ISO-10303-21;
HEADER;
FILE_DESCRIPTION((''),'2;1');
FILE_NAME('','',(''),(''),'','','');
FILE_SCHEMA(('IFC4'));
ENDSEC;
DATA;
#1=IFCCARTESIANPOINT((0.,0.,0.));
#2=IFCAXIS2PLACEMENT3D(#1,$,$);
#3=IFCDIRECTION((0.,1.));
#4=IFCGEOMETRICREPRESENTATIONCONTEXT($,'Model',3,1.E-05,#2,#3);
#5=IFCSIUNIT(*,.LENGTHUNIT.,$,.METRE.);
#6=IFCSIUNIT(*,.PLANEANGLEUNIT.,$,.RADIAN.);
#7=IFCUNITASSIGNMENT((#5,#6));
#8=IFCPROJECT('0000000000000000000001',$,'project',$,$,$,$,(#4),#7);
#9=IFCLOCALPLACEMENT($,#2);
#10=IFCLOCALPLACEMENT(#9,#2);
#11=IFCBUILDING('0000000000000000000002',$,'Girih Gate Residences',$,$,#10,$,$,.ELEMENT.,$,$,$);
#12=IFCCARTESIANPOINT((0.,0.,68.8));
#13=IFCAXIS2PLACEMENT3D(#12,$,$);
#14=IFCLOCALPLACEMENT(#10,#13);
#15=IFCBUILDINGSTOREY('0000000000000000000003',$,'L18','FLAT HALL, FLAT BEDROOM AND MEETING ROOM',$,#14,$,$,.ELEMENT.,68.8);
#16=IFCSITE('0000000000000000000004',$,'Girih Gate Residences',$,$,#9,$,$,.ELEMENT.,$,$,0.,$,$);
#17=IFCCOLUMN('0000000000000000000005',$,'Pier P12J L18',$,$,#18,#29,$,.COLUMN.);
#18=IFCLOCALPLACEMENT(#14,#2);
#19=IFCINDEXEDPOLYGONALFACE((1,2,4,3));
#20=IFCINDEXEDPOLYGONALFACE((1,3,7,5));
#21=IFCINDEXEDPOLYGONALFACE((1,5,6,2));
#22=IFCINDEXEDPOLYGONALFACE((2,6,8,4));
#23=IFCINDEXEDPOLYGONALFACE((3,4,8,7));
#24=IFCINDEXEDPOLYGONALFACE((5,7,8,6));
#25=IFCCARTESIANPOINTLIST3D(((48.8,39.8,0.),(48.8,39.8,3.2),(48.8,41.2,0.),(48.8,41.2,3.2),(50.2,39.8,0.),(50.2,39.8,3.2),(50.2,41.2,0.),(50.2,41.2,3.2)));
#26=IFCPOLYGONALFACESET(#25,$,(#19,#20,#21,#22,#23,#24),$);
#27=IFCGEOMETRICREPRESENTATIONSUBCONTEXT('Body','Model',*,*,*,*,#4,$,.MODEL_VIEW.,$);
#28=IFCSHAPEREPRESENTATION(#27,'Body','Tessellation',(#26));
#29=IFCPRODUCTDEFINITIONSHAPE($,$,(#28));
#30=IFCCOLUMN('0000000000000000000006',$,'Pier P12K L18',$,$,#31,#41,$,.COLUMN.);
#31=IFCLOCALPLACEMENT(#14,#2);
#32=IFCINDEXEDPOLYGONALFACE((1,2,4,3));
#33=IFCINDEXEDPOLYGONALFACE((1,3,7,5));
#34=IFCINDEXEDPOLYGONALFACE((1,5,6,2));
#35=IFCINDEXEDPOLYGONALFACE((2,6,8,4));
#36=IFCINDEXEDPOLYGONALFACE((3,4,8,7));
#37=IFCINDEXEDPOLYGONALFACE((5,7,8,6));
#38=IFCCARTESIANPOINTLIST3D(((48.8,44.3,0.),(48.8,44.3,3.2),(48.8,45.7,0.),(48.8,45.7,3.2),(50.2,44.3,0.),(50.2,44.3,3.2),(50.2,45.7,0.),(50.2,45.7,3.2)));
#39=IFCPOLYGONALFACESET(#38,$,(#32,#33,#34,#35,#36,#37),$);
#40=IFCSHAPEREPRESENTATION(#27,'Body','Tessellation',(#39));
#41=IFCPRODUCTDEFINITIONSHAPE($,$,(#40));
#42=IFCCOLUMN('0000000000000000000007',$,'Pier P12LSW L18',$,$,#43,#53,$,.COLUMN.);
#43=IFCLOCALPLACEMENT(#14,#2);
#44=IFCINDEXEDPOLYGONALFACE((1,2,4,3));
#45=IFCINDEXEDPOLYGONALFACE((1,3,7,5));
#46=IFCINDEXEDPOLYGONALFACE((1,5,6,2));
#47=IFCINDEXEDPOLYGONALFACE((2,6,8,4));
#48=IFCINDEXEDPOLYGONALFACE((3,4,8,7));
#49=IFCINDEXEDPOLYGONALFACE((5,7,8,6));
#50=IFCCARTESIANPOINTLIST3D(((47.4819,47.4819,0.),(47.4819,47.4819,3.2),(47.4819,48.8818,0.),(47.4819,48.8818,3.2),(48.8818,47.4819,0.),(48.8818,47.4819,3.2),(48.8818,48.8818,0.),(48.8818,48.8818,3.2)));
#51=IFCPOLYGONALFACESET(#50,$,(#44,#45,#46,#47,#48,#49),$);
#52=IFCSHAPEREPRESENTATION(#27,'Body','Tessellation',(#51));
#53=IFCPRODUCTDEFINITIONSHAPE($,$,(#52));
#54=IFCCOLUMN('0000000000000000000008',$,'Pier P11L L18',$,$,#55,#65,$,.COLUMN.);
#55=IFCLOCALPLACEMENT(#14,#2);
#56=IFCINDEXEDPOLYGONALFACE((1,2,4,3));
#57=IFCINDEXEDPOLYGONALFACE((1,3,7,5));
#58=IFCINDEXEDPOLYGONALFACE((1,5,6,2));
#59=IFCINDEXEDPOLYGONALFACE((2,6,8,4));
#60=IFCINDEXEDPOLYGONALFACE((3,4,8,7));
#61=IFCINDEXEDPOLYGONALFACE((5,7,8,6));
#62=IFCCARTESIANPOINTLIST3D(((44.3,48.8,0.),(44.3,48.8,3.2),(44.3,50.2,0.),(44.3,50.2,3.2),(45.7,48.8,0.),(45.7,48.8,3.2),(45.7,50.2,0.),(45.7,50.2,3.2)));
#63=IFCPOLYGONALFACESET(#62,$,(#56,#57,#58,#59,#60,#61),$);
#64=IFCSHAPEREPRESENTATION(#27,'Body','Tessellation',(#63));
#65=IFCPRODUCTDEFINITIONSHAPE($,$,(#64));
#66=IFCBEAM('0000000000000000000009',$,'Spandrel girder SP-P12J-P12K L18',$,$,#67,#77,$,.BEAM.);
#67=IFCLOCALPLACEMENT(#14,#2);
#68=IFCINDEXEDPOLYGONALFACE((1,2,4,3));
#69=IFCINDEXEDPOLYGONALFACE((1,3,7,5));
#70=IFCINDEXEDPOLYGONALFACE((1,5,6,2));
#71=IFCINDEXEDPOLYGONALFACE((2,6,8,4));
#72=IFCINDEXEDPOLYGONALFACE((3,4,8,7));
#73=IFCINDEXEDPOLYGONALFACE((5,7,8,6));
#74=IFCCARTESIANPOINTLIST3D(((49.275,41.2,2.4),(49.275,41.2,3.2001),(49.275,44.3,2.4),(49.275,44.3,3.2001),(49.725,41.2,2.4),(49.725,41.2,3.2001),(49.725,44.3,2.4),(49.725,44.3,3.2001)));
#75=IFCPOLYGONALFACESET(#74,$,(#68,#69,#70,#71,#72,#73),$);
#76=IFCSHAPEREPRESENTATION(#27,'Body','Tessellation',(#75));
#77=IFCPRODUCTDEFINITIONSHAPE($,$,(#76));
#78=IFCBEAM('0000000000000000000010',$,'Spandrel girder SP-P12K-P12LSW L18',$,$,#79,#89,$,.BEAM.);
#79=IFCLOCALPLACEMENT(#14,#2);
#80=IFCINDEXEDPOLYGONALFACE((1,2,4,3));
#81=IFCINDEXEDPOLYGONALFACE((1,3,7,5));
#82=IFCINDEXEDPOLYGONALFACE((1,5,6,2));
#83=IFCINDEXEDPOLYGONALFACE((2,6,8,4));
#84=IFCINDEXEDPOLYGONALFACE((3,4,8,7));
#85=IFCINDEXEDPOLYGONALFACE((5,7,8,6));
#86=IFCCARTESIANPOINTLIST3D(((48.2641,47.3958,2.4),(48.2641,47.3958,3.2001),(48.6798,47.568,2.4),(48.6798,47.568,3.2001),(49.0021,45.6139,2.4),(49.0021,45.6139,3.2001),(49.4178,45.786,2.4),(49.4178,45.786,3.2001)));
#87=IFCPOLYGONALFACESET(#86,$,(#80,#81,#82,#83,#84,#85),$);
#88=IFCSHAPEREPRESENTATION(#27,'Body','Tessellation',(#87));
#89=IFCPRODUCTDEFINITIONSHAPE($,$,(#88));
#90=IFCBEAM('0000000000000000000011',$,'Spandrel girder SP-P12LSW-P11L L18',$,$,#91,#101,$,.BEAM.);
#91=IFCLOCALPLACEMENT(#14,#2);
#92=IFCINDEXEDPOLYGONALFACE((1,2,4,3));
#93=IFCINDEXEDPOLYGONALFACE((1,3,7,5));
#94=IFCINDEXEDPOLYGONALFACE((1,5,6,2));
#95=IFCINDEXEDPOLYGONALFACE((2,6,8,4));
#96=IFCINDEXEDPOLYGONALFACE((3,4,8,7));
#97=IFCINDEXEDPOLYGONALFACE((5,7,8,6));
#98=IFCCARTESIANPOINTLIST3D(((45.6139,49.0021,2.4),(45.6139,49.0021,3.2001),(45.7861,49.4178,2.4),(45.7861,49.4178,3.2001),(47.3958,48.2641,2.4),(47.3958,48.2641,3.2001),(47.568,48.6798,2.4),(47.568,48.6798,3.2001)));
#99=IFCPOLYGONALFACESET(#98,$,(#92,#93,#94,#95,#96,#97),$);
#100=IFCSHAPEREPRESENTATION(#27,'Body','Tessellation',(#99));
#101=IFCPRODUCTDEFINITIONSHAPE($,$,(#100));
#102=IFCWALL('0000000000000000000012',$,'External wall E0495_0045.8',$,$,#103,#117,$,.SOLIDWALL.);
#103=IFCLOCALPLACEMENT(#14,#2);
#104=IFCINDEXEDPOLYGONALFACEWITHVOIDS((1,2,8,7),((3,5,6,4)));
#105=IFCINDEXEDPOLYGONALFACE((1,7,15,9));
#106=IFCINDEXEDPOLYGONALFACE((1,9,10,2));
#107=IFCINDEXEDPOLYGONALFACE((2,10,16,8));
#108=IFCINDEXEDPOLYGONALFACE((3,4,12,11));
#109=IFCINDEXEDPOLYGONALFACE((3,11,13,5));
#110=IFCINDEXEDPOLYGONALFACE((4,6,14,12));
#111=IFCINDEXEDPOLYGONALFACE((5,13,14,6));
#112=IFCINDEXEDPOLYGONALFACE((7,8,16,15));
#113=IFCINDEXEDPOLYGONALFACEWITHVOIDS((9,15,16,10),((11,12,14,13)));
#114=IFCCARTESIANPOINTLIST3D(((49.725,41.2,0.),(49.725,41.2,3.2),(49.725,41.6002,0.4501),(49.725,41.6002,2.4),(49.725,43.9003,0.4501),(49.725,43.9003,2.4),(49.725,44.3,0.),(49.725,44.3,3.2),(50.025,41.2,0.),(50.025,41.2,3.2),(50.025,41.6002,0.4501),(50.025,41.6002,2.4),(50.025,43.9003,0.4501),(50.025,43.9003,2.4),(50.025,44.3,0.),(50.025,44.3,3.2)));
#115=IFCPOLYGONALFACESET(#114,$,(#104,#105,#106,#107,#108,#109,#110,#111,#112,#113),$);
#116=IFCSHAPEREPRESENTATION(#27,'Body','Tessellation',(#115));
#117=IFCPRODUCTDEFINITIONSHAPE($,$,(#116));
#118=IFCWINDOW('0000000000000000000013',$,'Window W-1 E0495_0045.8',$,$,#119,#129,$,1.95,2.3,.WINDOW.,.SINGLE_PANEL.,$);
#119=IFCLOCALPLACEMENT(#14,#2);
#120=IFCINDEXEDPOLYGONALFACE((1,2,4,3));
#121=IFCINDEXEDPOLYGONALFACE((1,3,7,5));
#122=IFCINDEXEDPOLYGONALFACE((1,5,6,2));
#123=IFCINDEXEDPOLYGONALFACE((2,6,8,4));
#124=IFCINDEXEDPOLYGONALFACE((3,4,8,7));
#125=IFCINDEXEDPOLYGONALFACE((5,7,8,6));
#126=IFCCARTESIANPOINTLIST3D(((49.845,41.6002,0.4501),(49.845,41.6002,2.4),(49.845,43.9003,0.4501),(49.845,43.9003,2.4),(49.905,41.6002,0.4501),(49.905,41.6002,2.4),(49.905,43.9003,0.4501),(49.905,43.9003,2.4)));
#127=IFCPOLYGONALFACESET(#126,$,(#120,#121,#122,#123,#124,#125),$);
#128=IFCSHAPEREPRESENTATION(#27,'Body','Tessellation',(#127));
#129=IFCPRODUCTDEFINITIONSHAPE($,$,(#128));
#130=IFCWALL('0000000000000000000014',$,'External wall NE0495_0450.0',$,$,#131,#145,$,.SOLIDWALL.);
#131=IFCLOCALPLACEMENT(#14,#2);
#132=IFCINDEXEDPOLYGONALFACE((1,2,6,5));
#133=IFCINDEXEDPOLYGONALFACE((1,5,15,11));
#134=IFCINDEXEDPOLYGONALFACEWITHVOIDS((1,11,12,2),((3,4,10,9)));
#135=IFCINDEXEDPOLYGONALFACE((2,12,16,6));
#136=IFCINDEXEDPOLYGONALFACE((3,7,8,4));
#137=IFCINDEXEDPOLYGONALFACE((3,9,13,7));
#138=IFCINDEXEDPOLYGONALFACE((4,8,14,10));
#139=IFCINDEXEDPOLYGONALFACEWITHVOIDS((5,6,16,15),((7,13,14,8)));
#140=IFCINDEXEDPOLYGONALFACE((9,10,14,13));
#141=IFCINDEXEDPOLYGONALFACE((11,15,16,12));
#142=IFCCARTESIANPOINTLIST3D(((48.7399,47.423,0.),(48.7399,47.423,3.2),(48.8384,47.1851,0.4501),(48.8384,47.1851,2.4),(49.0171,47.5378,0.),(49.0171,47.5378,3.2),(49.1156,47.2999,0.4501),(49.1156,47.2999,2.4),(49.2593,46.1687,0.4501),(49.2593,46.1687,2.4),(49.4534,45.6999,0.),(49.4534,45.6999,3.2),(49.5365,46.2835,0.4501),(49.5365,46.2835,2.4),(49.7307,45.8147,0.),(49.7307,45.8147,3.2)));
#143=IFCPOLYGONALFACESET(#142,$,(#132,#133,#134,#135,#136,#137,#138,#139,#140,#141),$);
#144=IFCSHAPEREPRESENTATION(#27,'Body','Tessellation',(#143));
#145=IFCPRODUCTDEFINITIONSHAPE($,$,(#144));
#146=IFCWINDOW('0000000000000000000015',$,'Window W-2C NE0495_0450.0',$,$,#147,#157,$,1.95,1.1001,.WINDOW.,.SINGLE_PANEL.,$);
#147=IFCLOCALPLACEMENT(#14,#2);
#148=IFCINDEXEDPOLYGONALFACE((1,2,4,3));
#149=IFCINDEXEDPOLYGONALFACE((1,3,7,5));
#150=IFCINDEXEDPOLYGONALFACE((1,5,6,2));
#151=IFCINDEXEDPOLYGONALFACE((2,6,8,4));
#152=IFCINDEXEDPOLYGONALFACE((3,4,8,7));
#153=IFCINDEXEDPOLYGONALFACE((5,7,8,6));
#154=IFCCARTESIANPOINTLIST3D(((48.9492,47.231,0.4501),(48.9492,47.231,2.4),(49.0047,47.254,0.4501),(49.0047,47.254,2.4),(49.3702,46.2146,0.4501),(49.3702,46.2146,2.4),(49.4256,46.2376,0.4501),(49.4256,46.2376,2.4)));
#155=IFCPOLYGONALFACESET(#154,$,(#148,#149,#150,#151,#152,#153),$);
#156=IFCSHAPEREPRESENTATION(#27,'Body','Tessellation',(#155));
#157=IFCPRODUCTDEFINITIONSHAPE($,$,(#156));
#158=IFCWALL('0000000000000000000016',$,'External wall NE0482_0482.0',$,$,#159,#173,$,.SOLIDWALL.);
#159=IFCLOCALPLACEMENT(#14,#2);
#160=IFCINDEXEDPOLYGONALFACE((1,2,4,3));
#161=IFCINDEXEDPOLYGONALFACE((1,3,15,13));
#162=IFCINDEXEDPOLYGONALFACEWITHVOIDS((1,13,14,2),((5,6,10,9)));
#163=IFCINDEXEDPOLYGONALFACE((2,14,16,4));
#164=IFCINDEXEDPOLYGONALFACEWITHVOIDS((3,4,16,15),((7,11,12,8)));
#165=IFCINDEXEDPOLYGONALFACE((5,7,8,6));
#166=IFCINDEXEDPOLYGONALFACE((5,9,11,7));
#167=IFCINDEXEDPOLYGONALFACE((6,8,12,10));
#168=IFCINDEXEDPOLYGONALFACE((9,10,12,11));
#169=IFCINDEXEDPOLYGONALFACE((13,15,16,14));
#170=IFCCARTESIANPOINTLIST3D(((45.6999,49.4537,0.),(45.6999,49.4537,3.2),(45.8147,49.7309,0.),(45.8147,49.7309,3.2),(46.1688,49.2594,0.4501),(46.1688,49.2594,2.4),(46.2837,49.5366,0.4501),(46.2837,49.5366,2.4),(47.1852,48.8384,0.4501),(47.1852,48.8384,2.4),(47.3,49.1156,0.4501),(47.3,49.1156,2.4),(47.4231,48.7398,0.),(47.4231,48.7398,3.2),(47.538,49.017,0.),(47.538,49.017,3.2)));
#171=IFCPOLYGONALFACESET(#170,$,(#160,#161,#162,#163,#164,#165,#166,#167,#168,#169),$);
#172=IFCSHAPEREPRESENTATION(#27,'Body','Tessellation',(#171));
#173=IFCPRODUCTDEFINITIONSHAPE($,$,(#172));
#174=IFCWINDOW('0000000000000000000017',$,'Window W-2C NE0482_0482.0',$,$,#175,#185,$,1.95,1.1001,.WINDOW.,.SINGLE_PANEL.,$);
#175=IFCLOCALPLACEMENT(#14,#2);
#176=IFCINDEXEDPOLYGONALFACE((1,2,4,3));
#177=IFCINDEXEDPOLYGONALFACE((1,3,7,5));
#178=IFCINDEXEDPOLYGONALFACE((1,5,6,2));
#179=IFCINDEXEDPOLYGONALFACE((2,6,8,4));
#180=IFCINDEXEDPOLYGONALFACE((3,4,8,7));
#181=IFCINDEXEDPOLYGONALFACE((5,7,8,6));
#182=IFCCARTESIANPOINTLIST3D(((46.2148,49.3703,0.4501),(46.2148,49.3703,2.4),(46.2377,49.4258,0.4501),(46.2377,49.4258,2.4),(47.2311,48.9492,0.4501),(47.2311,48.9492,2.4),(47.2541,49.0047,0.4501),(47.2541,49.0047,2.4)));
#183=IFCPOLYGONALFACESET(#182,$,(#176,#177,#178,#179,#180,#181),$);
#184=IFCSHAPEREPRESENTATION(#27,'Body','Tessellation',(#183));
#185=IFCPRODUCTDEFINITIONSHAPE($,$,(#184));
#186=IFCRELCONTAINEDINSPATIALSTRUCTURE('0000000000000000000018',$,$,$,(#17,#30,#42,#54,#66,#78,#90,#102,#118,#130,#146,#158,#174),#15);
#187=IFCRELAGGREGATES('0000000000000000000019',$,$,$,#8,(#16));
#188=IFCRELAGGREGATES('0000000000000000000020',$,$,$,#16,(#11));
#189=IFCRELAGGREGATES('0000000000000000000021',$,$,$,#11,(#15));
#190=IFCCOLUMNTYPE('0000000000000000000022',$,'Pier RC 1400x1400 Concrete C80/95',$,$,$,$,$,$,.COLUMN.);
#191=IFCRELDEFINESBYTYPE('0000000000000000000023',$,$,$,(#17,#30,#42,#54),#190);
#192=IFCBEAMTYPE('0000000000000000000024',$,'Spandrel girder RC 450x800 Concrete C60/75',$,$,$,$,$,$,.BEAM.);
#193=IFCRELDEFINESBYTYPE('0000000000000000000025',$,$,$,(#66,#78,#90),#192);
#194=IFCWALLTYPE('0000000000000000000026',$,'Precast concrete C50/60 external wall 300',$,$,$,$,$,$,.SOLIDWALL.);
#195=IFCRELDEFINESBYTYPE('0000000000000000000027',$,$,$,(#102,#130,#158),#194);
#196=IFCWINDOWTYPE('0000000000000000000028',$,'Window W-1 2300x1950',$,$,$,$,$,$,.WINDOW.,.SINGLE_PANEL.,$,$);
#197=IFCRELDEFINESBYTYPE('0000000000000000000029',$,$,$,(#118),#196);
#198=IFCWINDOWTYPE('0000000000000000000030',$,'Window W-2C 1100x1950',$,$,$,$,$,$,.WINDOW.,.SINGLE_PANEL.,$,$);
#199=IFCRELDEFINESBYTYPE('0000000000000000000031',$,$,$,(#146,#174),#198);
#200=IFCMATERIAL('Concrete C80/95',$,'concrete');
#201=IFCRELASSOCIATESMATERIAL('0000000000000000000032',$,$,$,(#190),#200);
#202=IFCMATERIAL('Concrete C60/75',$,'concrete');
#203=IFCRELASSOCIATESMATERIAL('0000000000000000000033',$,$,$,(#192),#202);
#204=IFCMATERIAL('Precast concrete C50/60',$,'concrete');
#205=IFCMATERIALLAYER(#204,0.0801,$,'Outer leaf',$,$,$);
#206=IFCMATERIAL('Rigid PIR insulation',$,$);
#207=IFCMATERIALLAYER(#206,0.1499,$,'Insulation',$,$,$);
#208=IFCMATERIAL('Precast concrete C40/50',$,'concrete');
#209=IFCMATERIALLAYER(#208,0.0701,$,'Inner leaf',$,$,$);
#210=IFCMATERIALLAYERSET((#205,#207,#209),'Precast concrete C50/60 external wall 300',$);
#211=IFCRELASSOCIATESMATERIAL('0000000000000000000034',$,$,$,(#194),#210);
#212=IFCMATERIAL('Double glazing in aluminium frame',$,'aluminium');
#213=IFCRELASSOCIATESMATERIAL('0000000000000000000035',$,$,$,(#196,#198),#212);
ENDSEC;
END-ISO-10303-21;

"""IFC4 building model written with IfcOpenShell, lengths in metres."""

from ifc_helpers import new_model, si_unit, direction, frame, frame_2d, origin, origin_2d, place, context, subcontext, project, spatial, rectangle, extrude, material, layer, layer_set, material_profile, profile_set, type_object, element, fill, save


model = new_model("IFC4")

# Units and contexts
model_context = context("Model", 3, precision=1e-05, world=origin(), true_north=direction((0.0, 1.0)))
body_context = subcontext(model_context, "Body", "Model", "MODEL_VIEW")
ifc_project = project(units=[si_unit("LENGTHUNIT", "METRE"), si_unit("PLANEANGLEUNIT", "RADIAN")], contexts=[model_context])

# Site, building, storey
site_placement = place(None, origin())
site = spatial("IfcSite", under=ifc_project, at=site_placement, Name="Girih Gate Residences", CompositionType="ELEMENT", RefElevation=0.0)
building_placement = place(site_placement, origin())
building = spatial("IfcBuilding", under=site, at=building_placement, Name="Girih Gate Residences", CompositionType="ELEMENT")
storey_placement = place(building_placement, frame((0.0, 0.0, 68.8)))
storey = spatial("IfcBuildingStorey", under=building, at=storey_placement, Name="L18", Description="FLAT HALL, FLAT BEDROOM AND MEETING ROOM", CompositionType="ELEMENT", Elevation=68.8)

# Columns
ifc_material_1 = material(Name="Concrete C80/95", Category="concrete")
ifc_material_profile_1 = material_profile(ifc_material_1, rectangle(XDim=1.3999, YDim=1.3999, at=origin_2d()))
ifc_profile_set_1 = profile_set([ifc_material_profile_1], Name="Concrete C80/95")
column_type = type_object("IfcColumnType", Name="Pier RC 1400x1400 Concrete C80/95", PredefinedType="COLUMN", material=ifc_profile_set_1)
for number, where, z_axis, x_axis, name in (
    (1, (49.5, 40.5, 0.0), (0.0, 0.0, 1.0), (1.0, 0.0, 0.0), "Pier P12J L18"),
    (2, (49.5, 45.0, 0.0), (0.0, 0.0, 1.0), (1.0, 0.0, 0.0), "Pier P12K L18"),
    (3, (48.1819, 48.1819, 0.0), (0.0, 0.0, 1.0), (1.0, 0.0, 0.0), "Pier P12LSW L18"),
    (4, (45.0, 49.5, 0.0), (0.0, 0.0, 1.0), (1.0, 0.0, 0.0), "Pier P11L L18"),
):
    element("IfcColumn", number, at=place(storey_placement, frame(where, z_axis=z_axis, x_axis=x_axis)), inside=storey, type_object=column_type, Name=name, PredefinedType="COLUMN", context=body_context, shape_type="SweptSolid", body=[
        extrude(rectangle(XDim=1.3999, YDim=1.3999, at=origin_2d()), origin(), (0.0, 0.0, 1.0), 3.2),
    ])

# Beams
ifc_material_2 = material(Name="Concrete C60/75", Category="concrete")
ifc_material_profile_2 = material_profile(ifc_material_2, rectangle(XDim=0.45, YDim=0.8, at=origin_2d()))
ifc_profile_set_2 = profile_set([ifc_material_profile_2], Name="Concrete C60/75")
beam_type = type_object("IfcBeamType", Name="Spandrel girder RC 450x800 Concrete C60/75", PredefinedType="BEAM", material=ifc_profile_set_2)
beam_placement = place(storey_placement, frame((49.5, 41.2, 2.8), z_axis=(0.0, 1.0, 0.0), x_axis=(-1.0, 0.0, 0.0)))
element("IfcBeam", 5, at=beam_placement, inside=storey, type_object=beam_type, Name="Spandrel girder SP-P12J-P12K L18", PredefinedType="BEAM", context=body_context, shape_type="SweptSolid", body=[
    extrude(rectangle(XDim=0.45, YDim=0.8, at=origin_2d()), origin(), (0.0, 0.0, 1.0), 3.1001),
])
for number, where, z_axis, x_axis, name in (
    (6, (49.21, 45.7, 2.8), (-0.382646, 0.923895, 0.0), (-0.923895, -0.382646, 0.0), "Spandrel girder SP-P12K-P12LSW L18"),
    (7, (47.4819, 48.4719, 2.8), (-0.923895, 0.382646, 0.0), (-0.382646, -0.923895, 0.0), "Spandrel girder SP-P12LSW-P11L L18"),
):
    element("IfcBeam", number, at=place(storey_placement, frame(where, z_axis=z_axis, x_axis=x_axis)), inside=storey, type_object=beam_type, Name=name, PredefinedType="BEAM", context=body_context, shape_type="SweptSolid", body=[
        extrude(rectangle(XDim=0.45, YDim=0.8, at=origin_2d()), origin(), (0.0, 0.0, 1.0), 1.9287),
    ])

# Walls, openings, windows
ifc_material_3 = material(Name="Precast concrete C50/60", Category="concrete")
ifc_layer_1 = layer(ifc_material_3, 0.0801, Name="Outer leaf")
ifc_material_4 = material(Name="Rigid PIR insulation")
ifc_layer_2 = layer(ifc_material_4, 0.1499, Name="Insulation")
ifc_material_5 = material(Name="Precast concrete C40/50", Category="concrete")
ifc_layer_3 = layer(ifc_material_5, 0.0701, Name="Inner leaf")
ifc_layer_set = layer_set([ifc_layer_1, ifc_layer_2, ifc_layer_3], Name="Precast concrete C50/60 external wall 300")
wall_type = type_object("IfcWallType", Name="Precast concrete C50/60 external wall 300", PredefinedType="SOLIDWALL", material=ifc_layer_set)
wall_1_placement = place(storey_placement, frame((49.875, 44.3, 0.0), z_axis=(0.0, 0.0, 1.0), x_axis=(0.0, -1.0, 0.0)))
wall_1 = element("IfcWall", 8, at=wall_1_placement, inside=storey, type_object=wall_type, Name="External wall E0495_0045.8", PredefinedType="SOLIDWALL", context=body_context, shape_type="SweptSolid", body=[
    extrude(rectangle(XDim=3.1001, YDim=0.3, at=frame_2d((1.55, 0.0))), origin(), (0.0, 0.0, 1.0), 3.2),
])
opening_1_placement = place(wall_1_placement, frame((0.3999, 0.0, 0.45)))
opening_1 = element("IfcOpeningElement", 9, at=opening_1_placement, cuts=wall_1, PredefinedType="OPENING", context=body_context, shape_type="SweptSolid", body=[
    extrude(rectangle(XDim=2.3, YDim=1.95, at=frame_2d((1.1499, 0.9751))), frame((0.0, 0.1599, 0.0), z_axis=(0.0, -1.0, 0.0), x_axis=(1.0, 0.0, 0.0)), (0.0, 0.0, 1.0), 0.3201),
])
ifc_material_6 = material(Name="Double glazing in aluminium frame", Category="aluminium")
window_type_1 = type_object("IfcWindowType", Name="Window W-1 2300x1950", PartitioningType="SINGLE_PANEL", PredefinedType="WINDOW", material=ifc_material_6)
window_1_placement = place(opening_1_placement, origin())
window_1 = element("IfcWindow", 10, at=window_1_placement, inside=storey, type_object=window_type_1, Name="Window W-1 E0495_0045.8", OverallHeight=1.95, OverallWidth=2.3, PartitioningType="SINGLE_PANEL", PredefinedType="WINDOW", context=body_context, shape_type="SweptSolid", body=[
    extrude(rectangle(XDim=2.3, YDim=1.95, at=frame_2d((1.1499, 0.9751))), frame((0.0, 0.03, 0.0), z_axis=(0.0, -1.0, 0.0), x_axis=(1.0, 0.0, 0.0)), (0.0, 0.0, 1.0), 0.0601),
])
fill(opening_1, window_1)
wall_2_placement = place(storey_placement, frame((48.8784, 47.4805, 0.0), z_axis=(0.0, 0.0, 1.0), x_axis=(0.382625, -0.923904, 0.0)))
wall_2 = element("IfcWall", 11, at=wall_2_placement, inside=storey, type_object=wall_type, Name="External wall NE0495_0450.0", PredefinedType="SOLIDWALL", context=body_context, shape_type="SweptSolid", body=[
    extrude(rectangle(XDim=1.865, YDim=0.3, at=frame_2d((0.9326, 0.0))), origin(), (0.0, 0.0, 1.0), 3.2),
])
opening_2_placement = place(wall_2_placement, frame((0.2576, 0.0, 0.45)))
opening_2 = element("IfcOpeningElement", 12, at=opening_2_placement, cuts=wall_2, PredefinedType="OPENING", context=body_context, shape_type="SweptSolid", body=[
    extrude(rectangle(XDim=1.1001, YDim=1.95, at=frame_2d((0.55, 0.9751))), frame((0.0, 0.1599, 0.0), z_axis=(0.0, -1.0, 0.0), x_axis=(1.0, 0.0, 0.0)), (0.0, 0.0, 1.0), 0.3201),
])
window_type_2 = type_object("IfcWindowType", Name="Window W-2C 1100x1950", PartitioningType="SINGLE_PANEL", PredefinedType="WINDOW", material=ifc_material_6)
window_2_placement = place(opening_2_placement, origin())
window_2 = element("IfcWindow", 13, at=window_2_placement, inside=storey, type_object=window_type_2, Name="Window W-2C NE0495_0450.0", OverallHeight=1.95, OverallWidth=1.1001, PartitioningType="SINGLE_PANEL", PredefinedType="WINDOW", context=body_context, shape_type="SweptSolid", body=[
    extrude(rectangle(XDim=1.1001, YDim=1.95, at=frame_2d((0.55, 0.9751))), frame((0.0, 0.03, 0.0), z_axis=(0.0, -1.0, 0.0), x_axis=(1.0, 0.0, 0.0)), (0.0, 0.0, 1.0), 0.0601),
])
fill(opening_2, window_2)
wall_3_placement = place(storey_placement, frame((45.7573, 49.5923, 0.0), z_axis=(0.0, 0.0, 1.0), x_axis=(0.923857, -0.382737, 0.0)))
wall_3 = element("IfcWall", 14, at=wall_3_placement, inside=storey, type_object=wall_type, Name="External wall NE0482_0482.0", PredefinedType="SOLIDWALL", context=body_context, shape_type="SweptSolid", body=[
    extrude(rectangle(XDim=1.8652, YDim=0.3, at=frame_2d((0.9326, 0.0))), origin(), (0.0, 0.0, 1.0), 3.2),
])
opening_3_placement = place(wall_3_placement, frame((0.5076, 0.0, 0.45)))
opening_3 = element("IfcOpeningElement", 15, at=opening_3_placement, cuts=wall_3, PredefinedType="OPENING", context=body_context, shape_type="SweptSolid", body=[
    extrude(rectangle(XDim=1.1001, YDim=1.95, at=frame_2d((0.55, 0.9751))), frame((0.0, 0.1599, 0.0), z_axis=(0.0, -1.0, 0.0), x_axis=(1.0, 0.0, 0.0)), (0.0, 0.0, 1.0), 0.3201),
])
window_3_placement = place(opening_3_placement, origin())
window_3 = element("IfcWindow", 16, at=window_3_placement, inside=storey, type_object=window_type_2, Name="Window W-2C NE0482_0482.0", OverallHeight=1.95, OverallWidth=1.1001, PartitioningType="SINGLE_PANEL", PredefinedType="WINDOW", context=body_context, shape_type="SweptSolid", body=[
    extrude(rectangle(XDim=1.1001, YDim=1.95, at=frame_2d((0.55, 0.9751))), frame((0.0, 0.03, 0.0), z_axis=(0.0, -1.0, 0.0), x_axis=(1.0, 0.0, 0.0)), (0.0, 0.0, 1.0), 0.0601),
])
fill(opening_3, window_3)

save(model, "model.ifc")
